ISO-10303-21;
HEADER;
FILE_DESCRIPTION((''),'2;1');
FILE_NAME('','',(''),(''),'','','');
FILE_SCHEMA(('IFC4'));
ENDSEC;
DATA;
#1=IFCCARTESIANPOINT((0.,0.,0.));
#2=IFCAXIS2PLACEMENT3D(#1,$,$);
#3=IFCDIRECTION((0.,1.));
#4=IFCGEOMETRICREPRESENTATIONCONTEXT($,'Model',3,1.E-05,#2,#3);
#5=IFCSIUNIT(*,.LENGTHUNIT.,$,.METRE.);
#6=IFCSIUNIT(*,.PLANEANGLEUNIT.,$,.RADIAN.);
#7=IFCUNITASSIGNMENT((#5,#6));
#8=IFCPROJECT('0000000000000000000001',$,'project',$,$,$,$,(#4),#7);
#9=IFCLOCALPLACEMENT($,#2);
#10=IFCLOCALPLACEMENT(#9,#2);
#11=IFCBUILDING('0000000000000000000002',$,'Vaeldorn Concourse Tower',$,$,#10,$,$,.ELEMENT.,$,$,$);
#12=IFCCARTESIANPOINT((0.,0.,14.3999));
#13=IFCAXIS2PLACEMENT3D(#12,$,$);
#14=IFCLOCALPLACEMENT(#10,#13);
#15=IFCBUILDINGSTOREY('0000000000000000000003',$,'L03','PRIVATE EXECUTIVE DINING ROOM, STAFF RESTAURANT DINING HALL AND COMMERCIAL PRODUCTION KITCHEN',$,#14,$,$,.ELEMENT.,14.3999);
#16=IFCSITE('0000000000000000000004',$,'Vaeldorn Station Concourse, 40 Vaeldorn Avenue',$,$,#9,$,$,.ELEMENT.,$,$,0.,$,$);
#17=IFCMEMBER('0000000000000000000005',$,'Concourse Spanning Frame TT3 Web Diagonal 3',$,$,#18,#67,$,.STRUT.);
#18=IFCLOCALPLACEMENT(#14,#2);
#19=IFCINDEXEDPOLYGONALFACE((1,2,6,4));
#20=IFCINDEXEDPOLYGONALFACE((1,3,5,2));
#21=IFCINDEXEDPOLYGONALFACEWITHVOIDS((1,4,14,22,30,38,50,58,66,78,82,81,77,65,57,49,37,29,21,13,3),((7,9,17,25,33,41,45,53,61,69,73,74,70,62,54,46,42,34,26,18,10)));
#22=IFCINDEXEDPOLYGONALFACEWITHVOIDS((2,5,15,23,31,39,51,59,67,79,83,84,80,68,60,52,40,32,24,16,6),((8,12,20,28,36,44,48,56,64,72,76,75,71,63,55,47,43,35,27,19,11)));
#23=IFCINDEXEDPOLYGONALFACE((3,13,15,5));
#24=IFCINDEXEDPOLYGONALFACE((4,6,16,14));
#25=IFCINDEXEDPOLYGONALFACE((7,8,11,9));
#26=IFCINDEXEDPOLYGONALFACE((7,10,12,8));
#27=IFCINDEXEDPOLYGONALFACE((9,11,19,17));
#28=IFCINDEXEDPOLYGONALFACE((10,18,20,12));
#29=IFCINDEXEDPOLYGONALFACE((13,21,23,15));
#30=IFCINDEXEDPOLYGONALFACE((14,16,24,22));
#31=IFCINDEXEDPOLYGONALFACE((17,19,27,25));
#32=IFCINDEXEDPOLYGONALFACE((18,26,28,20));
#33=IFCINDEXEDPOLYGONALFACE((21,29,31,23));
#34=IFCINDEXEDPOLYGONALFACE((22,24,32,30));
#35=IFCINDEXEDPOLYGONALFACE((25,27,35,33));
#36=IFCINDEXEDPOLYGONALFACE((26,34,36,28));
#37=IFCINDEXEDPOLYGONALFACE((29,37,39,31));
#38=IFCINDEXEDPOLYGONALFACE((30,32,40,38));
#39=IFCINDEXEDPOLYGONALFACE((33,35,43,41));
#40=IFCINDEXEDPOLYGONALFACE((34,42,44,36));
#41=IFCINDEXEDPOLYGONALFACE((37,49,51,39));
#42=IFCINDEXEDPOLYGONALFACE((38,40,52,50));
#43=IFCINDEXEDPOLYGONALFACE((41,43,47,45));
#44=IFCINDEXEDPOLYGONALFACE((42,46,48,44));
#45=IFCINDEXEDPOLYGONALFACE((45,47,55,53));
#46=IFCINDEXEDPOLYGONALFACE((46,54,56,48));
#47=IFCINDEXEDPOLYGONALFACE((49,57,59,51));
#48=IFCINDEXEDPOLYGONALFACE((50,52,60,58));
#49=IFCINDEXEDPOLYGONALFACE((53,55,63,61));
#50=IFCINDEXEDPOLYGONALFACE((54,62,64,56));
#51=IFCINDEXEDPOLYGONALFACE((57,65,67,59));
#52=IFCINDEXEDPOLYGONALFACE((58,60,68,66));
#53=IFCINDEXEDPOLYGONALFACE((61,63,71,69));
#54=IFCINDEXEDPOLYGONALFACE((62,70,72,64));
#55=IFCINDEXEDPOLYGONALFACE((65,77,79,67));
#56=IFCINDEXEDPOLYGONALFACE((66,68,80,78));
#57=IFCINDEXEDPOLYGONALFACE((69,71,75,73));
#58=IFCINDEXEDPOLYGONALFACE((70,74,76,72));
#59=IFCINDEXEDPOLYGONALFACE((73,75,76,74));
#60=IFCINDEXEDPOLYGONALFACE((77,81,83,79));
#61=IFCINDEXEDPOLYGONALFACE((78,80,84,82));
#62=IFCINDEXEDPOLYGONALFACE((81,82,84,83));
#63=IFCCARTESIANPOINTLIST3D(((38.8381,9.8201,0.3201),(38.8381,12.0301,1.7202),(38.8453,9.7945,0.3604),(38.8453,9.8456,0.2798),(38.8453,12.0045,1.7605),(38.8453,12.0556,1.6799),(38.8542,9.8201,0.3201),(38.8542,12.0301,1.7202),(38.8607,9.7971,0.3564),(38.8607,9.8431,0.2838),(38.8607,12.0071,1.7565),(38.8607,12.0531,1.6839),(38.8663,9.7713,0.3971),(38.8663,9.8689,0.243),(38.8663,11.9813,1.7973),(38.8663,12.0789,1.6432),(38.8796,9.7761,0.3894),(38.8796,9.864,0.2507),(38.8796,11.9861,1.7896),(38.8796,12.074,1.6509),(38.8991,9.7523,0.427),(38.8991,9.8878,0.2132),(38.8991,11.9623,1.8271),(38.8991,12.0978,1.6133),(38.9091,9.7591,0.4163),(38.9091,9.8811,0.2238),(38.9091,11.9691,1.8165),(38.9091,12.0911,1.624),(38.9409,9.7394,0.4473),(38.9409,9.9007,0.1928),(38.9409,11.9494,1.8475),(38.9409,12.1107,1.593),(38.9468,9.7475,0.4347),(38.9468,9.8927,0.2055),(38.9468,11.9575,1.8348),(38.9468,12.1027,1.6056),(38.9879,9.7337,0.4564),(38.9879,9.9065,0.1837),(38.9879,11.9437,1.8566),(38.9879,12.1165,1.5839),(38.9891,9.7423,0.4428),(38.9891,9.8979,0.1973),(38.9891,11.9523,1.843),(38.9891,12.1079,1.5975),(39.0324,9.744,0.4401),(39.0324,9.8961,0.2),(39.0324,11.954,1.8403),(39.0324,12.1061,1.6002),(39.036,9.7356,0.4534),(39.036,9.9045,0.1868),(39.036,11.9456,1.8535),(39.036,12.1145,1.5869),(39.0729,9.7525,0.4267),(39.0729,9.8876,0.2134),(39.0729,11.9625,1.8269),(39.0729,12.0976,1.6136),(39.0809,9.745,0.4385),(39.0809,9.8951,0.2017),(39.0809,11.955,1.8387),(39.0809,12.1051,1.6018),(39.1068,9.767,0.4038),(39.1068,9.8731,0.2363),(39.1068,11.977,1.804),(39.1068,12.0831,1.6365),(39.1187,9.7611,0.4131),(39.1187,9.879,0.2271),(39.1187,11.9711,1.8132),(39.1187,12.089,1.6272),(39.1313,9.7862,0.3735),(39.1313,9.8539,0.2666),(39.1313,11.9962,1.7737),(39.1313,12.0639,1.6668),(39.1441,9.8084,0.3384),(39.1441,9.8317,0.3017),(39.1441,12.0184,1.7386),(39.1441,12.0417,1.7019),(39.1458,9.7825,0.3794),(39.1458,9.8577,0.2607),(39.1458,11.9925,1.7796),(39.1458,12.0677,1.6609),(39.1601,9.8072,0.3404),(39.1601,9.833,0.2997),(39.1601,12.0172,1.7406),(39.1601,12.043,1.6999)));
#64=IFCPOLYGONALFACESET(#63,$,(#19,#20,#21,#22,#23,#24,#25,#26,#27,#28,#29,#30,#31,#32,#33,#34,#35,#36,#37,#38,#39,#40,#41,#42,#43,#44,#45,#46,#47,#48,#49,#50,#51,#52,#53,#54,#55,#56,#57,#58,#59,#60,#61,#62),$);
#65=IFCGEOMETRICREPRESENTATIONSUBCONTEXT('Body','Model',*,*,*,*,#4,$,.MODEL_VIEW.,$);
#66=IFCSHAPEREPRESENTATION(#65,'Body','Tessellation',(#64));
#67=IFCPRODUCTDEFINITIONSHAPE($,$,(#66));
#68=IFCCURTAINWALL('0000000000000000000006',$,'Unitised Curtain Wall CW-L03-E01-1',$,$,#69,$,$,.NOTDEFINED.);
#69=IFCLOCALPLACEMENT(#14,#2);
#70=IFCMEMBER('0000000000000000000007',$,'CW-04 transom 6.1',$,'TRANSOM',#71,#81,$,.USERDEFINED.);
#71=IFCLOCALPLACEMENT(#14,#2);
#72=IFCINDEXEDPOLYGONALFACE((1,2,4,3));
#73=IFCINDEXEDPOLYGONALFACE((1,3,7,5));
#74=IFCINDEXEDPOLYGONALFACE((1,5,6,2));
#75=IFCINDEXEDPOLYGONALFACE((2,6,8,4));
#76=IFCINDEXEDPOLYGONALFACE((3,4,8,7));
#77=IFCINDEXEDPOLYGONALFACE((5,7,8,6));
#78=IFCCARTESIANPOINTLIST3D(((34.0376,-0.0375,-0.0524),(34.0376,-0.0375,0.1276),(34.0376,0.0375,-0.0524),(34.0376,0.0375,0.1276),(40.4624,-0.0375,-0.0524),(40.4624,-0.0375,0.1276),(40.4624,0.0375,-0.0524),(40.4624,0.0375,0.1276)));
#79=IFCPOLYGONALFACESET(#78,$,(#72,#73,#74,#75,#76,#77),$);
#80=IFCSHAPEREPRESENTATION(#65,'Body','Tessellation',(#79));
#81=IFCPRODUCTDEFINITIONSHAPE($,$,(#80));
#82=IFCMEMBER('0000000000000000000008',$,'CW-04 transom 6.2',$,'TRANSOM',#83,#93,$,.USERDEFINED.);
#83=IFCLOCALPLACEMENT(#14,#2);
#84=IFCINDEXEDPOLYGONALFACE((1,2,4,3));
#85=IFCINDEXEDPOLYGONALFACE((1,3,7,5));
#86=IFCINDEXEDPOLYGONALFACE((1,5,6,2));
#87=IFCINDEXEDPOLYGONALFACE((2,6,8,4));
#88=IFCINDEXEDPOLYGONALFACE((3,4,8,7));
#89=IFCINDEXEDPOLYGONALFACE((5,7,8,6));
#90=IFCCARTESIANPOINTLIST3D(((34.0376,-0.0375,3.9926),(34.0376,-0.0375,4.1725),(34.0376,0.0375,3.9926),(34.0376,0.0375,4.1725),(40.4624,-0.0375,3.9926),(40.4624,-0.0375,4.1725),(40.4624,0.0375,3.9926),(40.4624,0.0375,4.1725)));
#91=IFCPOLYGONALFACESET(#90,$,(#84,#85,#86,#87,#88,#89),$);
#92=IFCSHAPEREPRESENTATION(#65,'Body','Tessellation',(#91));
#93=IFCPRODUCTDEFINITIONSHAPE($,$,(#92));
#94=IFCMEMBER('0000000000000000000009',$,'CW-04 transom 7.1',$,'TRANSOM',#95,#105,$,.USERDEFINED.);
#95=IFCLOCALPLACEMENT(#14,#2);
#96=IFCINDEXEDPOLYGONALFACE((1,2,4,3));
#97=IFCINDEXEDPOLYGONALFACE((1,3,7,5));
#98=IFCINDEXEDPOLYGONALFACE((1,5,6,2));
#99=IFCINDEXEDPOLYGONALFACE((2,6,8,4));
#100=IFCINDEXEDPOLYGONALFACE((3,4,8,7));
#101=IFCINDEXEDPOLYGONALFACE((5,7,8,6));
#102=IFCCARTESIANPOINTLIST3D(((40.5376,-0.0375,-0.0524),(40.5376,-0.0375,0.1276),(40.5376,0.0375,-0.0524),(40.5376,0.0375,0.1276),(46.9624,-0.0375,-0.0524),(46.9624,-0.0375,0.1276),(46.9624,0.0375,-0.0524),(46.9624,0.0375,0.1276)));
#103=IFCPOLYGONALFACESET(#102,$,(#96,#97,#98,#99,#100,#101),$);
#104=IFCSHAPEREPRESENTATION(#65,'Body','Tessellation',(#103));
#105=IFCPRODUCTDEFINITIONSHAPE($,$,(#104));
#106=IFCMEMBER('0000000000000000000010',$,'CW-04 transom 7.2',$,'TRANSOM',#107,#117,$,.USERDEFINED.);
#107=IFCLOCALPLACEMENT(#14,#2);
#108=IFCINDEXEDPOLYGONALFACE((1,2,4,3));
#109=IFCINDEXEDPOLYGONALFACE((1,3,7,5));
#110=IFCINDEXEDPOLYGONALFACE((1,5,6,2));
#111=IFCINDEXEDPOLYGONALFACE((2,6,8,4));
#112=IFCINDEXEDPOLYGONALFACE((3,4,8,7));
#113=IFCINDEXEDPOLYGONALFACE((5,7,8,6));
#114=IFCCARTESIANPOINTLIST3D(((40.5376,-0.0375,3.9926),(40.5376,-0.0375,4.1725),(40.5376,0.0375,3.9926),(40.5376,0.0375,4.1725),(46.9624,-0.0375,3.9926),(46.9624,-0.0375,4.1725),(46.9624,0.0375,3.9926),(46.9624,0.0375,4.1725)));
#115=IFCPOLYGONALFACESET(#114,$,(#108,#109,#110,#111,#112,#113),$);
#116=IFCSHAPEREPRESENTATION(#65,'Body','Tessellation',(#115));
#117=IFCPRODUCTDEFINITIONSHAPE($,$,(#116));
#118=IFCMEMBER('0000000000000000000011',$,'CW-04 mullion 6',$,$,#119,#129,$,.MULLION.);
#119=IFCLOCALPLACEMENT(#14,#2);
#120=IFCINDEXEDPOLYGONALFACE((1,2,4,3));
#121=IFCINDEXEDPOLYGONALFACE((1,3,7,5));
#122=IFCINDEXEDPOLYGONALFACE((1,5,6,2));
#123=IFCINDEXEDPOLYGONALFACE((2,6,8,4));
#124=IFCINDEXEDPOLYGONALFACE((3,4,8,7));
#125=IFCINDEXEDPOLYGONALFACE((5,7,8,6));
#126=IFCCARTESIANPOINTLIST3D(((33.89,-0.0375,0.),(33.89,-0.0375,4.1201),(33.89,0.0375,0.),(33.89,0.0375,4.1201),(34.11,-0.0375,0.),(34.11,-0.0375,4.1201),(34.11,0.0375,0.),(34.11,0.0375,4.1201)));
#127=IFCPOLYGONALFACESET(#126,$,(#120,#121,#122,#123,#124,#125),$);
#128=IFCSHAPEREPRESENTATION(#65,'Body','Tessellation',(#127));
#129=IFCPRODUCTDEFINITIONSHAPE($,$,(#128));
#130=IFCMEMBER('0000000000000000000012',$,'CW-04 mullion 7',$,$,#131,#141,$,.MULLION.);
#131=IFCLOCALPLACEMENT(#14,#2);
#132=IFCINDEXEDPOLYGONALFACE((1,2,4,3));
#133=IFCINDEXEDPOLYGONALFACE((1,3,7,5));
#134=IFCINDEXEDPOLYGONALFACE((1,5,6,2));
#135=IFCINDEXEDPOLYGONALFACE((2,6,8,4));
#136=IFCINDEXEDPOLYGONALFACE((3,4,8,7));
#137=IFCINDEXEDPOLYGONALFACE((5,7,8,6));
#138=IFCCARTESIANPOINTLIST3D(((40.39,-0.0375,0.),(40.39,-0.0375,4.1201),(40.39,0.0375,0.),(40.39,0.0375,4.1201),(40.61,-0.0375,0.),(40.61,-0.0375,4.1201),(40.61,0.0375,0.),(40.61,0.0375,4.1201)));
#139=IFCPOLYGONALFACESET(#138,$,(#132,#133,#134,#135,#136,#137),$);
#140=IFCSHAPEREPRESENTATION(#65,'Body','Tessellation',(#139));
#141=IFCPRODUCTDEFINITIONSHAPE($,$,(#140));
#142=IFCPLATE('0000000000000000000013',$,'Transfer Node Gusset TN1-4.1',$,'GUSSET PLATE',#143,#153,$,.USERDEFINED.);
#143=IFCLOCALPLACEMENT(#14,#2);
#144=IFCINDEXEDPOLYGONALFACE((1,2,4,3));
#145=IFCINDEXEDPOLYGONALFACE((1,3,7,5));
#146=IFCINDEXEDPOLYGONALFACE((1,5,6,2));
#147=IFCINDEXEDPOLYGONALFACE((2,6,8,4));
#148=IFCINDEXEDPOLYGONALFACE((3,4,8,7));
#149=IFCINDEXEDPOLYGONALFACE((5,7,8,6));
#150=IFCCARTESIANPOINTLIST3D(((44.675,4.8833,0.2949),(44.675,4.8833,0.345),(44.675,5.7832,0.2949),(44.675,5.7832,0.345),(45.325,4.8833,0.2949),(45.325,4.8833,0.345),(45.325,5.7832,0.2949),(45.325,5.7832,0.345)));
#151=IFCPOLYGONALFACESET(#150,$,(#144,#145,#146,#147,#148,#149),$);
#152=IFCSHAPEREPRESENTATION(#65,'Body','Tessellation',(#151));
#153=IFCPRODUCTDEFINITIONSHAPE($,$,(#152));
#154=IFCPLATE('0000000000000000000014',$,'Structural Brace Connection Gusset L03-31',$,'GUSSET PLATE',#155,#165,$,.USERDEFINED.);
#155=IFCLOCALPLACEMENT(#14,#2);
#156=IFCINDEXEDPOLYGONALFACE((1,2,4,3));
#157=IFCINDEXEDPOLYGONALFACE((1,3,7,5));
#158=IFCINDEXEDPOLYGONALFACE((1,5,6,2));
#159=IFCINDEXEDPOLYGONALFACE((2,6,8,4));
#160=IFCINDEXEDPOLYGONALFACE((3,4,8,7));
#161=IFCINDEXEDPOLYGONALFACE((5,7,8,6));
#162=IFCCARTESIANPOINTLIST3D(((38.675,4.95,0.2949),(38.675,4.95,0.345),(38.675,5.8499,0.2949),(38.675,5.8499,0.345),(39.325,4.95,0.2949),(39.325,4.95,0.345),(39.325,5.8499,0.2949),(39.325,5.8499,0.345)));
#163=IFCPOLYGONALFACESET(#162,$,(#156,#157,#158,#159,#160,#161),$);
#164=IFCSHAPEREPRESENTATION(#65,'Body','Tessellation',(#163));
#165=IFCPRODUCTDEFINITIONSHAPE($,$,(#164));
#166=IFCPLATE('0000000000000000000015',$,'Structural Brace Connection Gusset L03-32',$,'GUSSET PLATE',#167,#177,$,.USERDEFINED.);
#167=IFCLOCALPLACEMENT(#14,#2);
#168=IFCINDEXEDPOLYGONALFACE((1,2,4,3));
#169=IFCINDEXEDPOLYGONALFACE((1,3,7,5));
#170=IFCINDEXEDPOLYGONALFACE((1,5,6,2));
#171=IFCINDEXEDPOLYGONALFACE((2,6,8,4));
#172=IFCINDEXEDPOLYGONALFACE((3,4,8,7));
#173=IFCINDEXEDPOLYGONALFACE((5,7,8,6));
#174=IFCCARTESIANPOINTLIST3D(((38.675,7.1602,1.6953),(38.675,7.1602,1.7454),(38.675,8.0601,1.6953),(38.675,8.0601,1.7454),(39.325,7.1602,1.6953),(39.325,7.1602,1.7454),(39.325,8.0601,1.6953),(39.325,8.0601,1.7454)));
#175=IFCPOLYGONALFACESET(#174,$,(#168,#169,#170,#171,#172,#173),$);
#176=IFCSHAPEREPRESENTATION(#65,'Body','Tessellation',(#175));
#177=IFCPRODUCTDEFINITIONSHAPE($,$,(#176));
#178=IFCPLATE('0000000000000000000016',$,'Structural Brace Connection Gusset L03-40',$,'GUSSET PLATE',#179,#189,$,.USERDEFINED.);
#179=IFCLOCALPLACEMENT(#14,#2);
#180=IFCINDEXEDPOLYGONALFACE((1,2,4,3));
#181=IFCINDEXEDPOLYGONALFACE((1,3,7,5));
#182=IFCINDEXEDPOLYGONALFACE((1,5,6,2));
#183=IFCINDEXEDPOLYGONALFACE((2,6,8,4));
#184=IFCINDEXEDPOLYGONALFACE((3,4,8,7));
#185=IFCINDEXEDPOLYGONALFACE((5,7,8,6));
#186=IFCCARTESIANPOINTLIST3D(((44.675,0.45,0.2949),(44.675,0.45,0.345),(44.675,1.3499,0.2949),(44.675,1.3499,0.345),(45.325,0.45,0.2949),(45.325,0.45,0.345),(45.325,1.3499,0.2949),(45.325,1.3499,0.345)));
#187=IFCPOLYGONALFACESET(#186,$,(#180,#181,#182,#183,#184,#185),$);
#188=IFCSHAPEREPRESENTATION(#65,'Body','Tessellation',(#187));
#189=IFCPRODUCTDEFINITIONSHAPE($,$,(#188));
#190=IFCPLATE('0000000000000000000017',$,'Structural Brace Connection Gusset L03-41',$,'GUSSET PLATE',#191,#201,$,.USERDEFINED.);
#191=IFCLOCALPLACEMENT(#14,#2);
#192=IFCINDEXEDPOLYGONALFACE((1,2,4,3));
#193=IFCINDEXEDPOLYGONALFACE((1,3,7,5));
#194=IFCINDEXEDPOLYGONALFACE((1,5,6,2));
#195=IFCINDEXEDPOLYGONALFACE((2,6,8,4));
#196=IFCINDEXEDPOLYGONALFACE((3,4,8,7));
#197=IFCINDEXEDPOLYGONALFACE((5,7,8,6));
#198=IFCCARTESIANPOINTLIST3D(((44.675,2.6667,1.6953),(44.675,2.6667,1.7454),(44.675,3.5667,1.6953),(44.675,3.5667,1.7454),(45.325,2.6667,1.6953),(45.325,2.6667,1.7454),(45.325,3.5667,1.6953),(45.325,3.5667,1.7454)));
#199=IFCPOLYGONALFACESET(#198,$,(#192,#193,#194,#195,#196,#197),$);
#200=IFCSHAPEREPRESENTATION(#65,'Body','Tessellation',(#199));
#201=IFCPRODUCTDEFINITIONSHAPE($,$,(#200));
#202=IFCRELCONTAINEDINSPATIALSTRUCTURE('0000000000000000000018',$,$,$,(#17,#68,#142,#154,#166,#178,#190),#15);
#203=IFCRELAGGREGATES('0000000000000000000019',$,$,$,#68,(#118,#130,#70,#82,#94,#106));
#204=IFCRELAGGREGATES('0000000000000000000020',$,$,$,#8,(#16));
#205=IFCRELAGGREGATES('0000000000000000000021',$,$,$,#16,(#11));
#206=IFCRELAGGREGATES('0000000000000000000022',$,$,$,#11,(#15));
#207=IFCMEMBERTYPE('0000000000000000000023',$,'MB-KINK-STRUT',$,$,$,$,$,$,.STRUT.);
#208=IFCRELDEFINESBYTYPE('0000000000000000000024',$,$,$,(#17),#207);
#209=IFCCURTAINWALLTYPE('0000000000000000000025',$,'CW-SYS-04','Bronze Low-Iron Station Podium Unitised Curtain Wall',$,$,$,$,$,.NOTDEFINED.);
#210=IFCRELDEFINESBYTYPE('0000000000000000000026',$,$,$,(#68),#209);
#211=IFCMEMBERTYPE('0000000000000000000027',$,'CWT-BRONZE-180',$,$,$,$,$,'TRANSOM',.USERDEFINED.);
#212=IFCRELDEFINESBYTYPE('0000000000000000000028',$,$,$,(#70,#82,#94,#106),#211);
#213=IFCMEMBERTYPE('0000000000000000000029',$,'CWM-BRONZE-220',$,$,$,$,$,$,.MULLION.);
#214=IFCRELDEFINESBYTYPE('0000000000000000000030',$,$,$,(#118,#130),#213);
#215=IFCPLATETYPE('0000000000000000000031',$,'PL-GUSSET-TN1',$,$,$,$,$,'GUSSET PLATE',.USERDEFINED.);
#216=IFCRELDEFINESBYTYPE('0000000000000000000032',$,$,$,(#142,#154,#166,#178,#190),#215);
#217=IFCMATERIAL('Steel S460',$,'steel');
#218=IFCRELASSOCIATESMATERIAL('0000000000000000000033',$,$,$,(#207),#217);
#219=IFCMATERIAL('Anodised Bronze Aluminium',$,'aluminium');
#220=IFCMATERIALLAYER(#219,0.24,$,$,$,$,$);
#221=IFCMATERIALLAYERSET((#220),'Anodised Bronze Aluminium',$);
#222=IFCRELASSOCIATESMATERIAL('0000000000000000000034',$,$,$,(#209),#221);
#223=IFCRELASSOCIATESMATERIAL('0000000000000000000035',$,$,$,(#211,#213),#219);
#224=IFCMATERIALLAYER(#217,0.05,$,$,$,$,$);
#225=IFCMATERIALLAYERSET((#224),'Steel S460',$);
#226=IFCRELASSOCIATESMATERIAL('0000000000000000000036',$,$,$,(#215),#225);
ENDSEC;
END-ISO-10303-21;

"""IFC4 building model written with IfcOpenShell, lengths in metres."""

from ifc_helpers import new_model, si_unit, direction, frame, origin, origin_2d, place, context, subcontext, project, spatial, rectangle, hollow_circle, extrude, source, transform, mapped, material, layer, layer_set, material_profile, profile_set, type_object, element, aggregate, save


model = new_model("IFC4")

# Units and contexts
model_context = context("Model", 3, precision=1e-05, world=origin(), true_north=direction((0.0, 1.0)))
body_context = subcontext(model_context, "Body", "Model", "MODEL_VIEW")
ifc_project = project(units=[si_unit("LENGTHUNIT", "METRE"), si_unit("PLANEANGLEUNIT", "RADIAN")], contexts=[model_context])

# Site, building, storey
site_placement = place(None, origin())
site = spatial("IfcSite", under=ifc_project, at=site_placement, Name="Vaeldorn Station Concourse, 40 Vaeldorn Avenue", CompositionType="ELEMENT", RefElevation=0.0)
building_placement = place(site_placement, origin())
building = spatial("IfcBuilding", under=site, at=building_placement, Name="Vaeldorn Concourse Tower", CompositionType="ELEMENT")
storey_placement = place(building_placement, frame((0.0, 0.0, 14.3999)))
storey = spatial("IfcBuildingStorey", under=building, at=storey_placement, Name="L03", Description="PRIVATE EXECUTIVE DINING ROOM, STAFF RESTAURANT DINING HALL AND COMMERCIAL PRODUCTION KITCHEN", CompositionType="ELEMENT", Elevation=14.3999)

# Shared definitions
ifc_material_1 = material(Name="Steel S460", Category="steel")

# Member
ifc_material_profile_1 = material_profile(ifc_material_1, hollow_circle(Radius=0.1619, WallThickness=0.0161, at=origin_2d()), Name="CHS 323.9x16")
ifc_profile_set_1 = profile_set([ifc_material_profile_1], Name="Steel S460")
member_type_1 = type_object("IfcMemberType", Name="MB-KINK-STRUT", PredefinedType="STRUT", material=ifc_profile_set_1)
shared_shape_1 = source(origin(), body_context, "Body", "SweptSolid", [
    extrude(hollow_circle(Radius=0.1619, WallThickness=0.0161, at=origin_2d()), origin(), (0.0, 0.0, 1.0), 2.6162),
])
for number, where, z_axis, x_axis, name in (
    (1, (39.0, 9.8201, 0.3201), (0.0, 0.844732, 0.53519), (-1.0, 0.0, 0.0), "Concourse Spanning Frame TT3 Web Diagonal 3"),
):
    element("IfcMember", number, at=place(storey_placement, frame(where, z_axis=z_axis, x_axis=x_axis)), inside=storey, type_object=member_type_1, Name=name, PredefinedType="STRUT", context=body_context, shape_type="MappedRepresentation", body=[
        mapped(shared_shape_1, transform((0.0, 0.0, 0.0), scale=1.0)),
    ])

# Curtain wall, members
ifc_material_2 = material(Name="Anodised Bronze Aluminium", Category="aluminium")
ifc_layer_1 = layer(ifc_material_2, 0.24)
ifc_layer_set_1 = layer_set([ifc_layer_1], Name="Anodised Bronze Aluminium")
curtain_wall_type = type_object("IfcCurtainWallType", Name="CW-SYS-04", Description="Bronze Low-Iron Station Podium Unitised Curtain Wall", PredefinedType="NOTDEFINED", material=ifc_layer_set_1)
curtain_wall_placement = place(storey_placement, origin())
curtain_wall = element("IfcCurtainWall", 2, at=curtain_wall_placement, inside=storey, type_object=curtain_wall_type, Name="Unitised Curtain Wall CW-L03-E01-1", PredefinedType="NOTDEFINED")
ifc_material_profile_2 = material_profile(ifc_material_2, rectangle(XDim=0.075, YDim=0.1799, at=origin_2d()), Name="CWT 75x180")
ifc_profile_set_2 = profile_set([ifc_material_profile_2], Name="Anodised Bronze Aluminium")
member_type_2 = type_object("IfcMemberType", Name="CWT-BRONZE-180", ElementType="TRANSOM", PredefinedType="USERDEFINED", material=ifc_profile_set_2)
shared_shape_2 = source(origin(), body_context, "Body", "SweptSolid", [
    extrude(rectangle(XDim=0.075, YDim=0.1799, at=origin_2d()), origin(), (0.0, 0.0, 1.0), 6.4248),
])
member_1_placement = place(storey_placement, frame((34.0376, 0.0, 0.0376), z_axis=(1.0, 0.0, 0.0), x_axis=(0.0, 1.0, 0.0)))
member_1 = element("IfcMember", 3, at=member_1_placement, type_object=member_type_2, Name="CW-04 transom 6.1", ObjectType="TRANSOM", PredefinedType="USERDEFINED", context=body_context, shape_type="MappedRepresentation", body=[
    mapped(shared_shape_2, transform((0.0, 0.0, 0.0), scale=1.0)),
])
member_2_placement = place(storey_placement, frame((34.0376, 0.0, 4.0825), z_axis=(1.0, 0.0, 0.0), x_axis=(0.0, 1.0, 0.0)))
member_2 = element("IfcMember", 4, at=member_2_placement, type_object=member_type_2, Name="CW-04 transom 6.2", ObjectType="TRANSOM", PredefinedType="USERDEFINED", context=body_context, shape_type="MappedRepresentation", body=[
    mapped(shared_shape_2, transform((0.0, 0.0, 0.0), scale=1.0)),
])
member_3_placement = place(storey_placement, frame((40.5376, 0.0, 0.0376), z_axis=(1.0, 0.0, 0.0), x_axis=(0.0, 1.0, 0.0)))
member_3 = element("IfcMember", 5, at=member_3_placement, type_object=member_type_2, Name="CW-04 transom 7.1", ObjectType="TRANSOM", PredefinedType="USERDEFINED", context=body_context, shape_type="MappedRepresentation", body=[
    mapped(shared_shape_2, transform((0.0, 0.0, 0.0), scale=1.0)),
])
member_4_placement = place(storey_placement, frame((40.5376, 0.0, 4.0825), z_axis=(1.0, 0.0, 0.0), x_axis=(0.0, 1.0, 0.0)))
member_4 = element("IfcMember", 6, at=member_4_placement, type_object=member_type_2, Name="CW-04 transom 7.2", ObjectType="TRANSOM", PredefinedType="USERDEFINED", context=body_context, shape_type="MappedRepresentation", body=[
    mapped(shared_shape_2, transform((0.0, 0.0, 0.0), scale=1.0)),
])
ifc_material_profile_3 = material_profile(ifc_material_2, rectangle(XDim=0.075, YDim=0.22, at=origin_2d()), Name="CWM 75x220")
ifc_profile_set_3 = profile_set([ifc_material_profile_3], Name="Anodised Bronze Aluminium")
member_type_3 = type_object("IfcMemberType", Name="CWM-BRONZE-220", PredefinedType="MULLION", material=ifc_profile_set_3)
shared_shape_3 = source(origin(), body_context, "Body", "SweptSolid", [
    extrude(rectangle(XDim=0.075, YDim=0.22, at=origin_2d()), origin(), (0.0, 0.0, 1.0), 4.1201),
])
member_5_placement = place(storey_placement, frame((34.0, 0.0, 0.0), z_axis=(0.0, 0.0, 1.0), x_axis=(0.0, 1.0, 0.0)))
member_5 = element("IfcMember", 7, at=member_5_placement, type_object=member_type_3, Name="CW-04 mullion 6", PredefinedType="MULLION", context=body_context, shape_type="MappedRepresentation", body=[
    mapped(shared_shape_3, transform((0.0, 0.0, 0.0), scale=1.0)),
])
member_6_placement = place(storey_placement, frame((40.5, 0.0, 0.0), z_axis=(0.0, 0.0, 1.0), x_axis=(0.0, 1.0, 0.0)))
member_6 = element("IfcMember", 8, at=member_6_placement, type_object=member_type_3, Name="CW-04 mullion 7", PredefinedType="MULLION", context=body_context, shape_type="MappedRepresentation", body=[
    mapped(shared_shape_3, transform((0.0, 0.0, 0.0), scale=1.0)),
])

# Plates
ifc_layer_2 = layer(ifc_material_1, 0.05)
ifc_layer_set_2 = layer_set([ifc_layer_2], Name="Steel S460")
plate_type_1 = type_object("IfcPlateType", Name="PL-GUSSET-TN1", ElementType="GUSSET PLATE", PredefinedType="USERDEFINED", material=ifc_layer_set_2)
shared_shape_4 = source(origin(), body_context, "Body", "SweptSolid", [
    extrude(rectangle(XDim=0.8999, YDim=0.6499, at=origin_2d()), origin(), (0.0, 0.0, 1.0), 0.05),
])
for number, where, z_axis, x_axis, name in (
    (9, (45.0, 5.3333, 0.2949), (0.0, 0.0, 1.0), (0.0, 1.0, 0.0), "Transfer Node Gusset TN1-4.1"),
    (10, (39.0, 5.3999, 0.2949), (0.0, 0.0, 1.0), (0.0, 1.0, 0.0), "Structural Brace Connection Gusset L03-31"),
    (11, (39.0, 7.6101, 1.6953), (0.0, 0.0, 1.0), (0.0, 1.0, 0.0), "Structural Brace Connection Gusset L03-32"),
    (12, (45.0, 0.8999, 0.2949), (0.0, 0.0, 1.0), (0.0, 1.0, 0.0), "Structural Brace Connection Gusset L03-40"),
    (13, (45.0, 3.1167, 1.6953), (0.0, 0.0, 1.0), (0.0, 1.0, 0.0), "Structural Brace Connection Gusset L03-41"),
):
    element("IfcPlate", number, at=place(storey_placement, frame(where, z_axis=z_axis, x_axis=x_axis)), inside=storey, type_object=plate_type_1, Name=name, ObjectType="GUSSET PLATE", PredefinedType="USERDEFINED", context=body_context, shape_type="MappedRepresentation", body=[
        mapped(shared_shape_4, transform((0.0, 0.0, 0.0), scale=1.0)),
    ])

aggregate(curtain_wall, [member_5, member_6, member_1, member_2, member_3, member_4])

save(model, "model.ifc")
